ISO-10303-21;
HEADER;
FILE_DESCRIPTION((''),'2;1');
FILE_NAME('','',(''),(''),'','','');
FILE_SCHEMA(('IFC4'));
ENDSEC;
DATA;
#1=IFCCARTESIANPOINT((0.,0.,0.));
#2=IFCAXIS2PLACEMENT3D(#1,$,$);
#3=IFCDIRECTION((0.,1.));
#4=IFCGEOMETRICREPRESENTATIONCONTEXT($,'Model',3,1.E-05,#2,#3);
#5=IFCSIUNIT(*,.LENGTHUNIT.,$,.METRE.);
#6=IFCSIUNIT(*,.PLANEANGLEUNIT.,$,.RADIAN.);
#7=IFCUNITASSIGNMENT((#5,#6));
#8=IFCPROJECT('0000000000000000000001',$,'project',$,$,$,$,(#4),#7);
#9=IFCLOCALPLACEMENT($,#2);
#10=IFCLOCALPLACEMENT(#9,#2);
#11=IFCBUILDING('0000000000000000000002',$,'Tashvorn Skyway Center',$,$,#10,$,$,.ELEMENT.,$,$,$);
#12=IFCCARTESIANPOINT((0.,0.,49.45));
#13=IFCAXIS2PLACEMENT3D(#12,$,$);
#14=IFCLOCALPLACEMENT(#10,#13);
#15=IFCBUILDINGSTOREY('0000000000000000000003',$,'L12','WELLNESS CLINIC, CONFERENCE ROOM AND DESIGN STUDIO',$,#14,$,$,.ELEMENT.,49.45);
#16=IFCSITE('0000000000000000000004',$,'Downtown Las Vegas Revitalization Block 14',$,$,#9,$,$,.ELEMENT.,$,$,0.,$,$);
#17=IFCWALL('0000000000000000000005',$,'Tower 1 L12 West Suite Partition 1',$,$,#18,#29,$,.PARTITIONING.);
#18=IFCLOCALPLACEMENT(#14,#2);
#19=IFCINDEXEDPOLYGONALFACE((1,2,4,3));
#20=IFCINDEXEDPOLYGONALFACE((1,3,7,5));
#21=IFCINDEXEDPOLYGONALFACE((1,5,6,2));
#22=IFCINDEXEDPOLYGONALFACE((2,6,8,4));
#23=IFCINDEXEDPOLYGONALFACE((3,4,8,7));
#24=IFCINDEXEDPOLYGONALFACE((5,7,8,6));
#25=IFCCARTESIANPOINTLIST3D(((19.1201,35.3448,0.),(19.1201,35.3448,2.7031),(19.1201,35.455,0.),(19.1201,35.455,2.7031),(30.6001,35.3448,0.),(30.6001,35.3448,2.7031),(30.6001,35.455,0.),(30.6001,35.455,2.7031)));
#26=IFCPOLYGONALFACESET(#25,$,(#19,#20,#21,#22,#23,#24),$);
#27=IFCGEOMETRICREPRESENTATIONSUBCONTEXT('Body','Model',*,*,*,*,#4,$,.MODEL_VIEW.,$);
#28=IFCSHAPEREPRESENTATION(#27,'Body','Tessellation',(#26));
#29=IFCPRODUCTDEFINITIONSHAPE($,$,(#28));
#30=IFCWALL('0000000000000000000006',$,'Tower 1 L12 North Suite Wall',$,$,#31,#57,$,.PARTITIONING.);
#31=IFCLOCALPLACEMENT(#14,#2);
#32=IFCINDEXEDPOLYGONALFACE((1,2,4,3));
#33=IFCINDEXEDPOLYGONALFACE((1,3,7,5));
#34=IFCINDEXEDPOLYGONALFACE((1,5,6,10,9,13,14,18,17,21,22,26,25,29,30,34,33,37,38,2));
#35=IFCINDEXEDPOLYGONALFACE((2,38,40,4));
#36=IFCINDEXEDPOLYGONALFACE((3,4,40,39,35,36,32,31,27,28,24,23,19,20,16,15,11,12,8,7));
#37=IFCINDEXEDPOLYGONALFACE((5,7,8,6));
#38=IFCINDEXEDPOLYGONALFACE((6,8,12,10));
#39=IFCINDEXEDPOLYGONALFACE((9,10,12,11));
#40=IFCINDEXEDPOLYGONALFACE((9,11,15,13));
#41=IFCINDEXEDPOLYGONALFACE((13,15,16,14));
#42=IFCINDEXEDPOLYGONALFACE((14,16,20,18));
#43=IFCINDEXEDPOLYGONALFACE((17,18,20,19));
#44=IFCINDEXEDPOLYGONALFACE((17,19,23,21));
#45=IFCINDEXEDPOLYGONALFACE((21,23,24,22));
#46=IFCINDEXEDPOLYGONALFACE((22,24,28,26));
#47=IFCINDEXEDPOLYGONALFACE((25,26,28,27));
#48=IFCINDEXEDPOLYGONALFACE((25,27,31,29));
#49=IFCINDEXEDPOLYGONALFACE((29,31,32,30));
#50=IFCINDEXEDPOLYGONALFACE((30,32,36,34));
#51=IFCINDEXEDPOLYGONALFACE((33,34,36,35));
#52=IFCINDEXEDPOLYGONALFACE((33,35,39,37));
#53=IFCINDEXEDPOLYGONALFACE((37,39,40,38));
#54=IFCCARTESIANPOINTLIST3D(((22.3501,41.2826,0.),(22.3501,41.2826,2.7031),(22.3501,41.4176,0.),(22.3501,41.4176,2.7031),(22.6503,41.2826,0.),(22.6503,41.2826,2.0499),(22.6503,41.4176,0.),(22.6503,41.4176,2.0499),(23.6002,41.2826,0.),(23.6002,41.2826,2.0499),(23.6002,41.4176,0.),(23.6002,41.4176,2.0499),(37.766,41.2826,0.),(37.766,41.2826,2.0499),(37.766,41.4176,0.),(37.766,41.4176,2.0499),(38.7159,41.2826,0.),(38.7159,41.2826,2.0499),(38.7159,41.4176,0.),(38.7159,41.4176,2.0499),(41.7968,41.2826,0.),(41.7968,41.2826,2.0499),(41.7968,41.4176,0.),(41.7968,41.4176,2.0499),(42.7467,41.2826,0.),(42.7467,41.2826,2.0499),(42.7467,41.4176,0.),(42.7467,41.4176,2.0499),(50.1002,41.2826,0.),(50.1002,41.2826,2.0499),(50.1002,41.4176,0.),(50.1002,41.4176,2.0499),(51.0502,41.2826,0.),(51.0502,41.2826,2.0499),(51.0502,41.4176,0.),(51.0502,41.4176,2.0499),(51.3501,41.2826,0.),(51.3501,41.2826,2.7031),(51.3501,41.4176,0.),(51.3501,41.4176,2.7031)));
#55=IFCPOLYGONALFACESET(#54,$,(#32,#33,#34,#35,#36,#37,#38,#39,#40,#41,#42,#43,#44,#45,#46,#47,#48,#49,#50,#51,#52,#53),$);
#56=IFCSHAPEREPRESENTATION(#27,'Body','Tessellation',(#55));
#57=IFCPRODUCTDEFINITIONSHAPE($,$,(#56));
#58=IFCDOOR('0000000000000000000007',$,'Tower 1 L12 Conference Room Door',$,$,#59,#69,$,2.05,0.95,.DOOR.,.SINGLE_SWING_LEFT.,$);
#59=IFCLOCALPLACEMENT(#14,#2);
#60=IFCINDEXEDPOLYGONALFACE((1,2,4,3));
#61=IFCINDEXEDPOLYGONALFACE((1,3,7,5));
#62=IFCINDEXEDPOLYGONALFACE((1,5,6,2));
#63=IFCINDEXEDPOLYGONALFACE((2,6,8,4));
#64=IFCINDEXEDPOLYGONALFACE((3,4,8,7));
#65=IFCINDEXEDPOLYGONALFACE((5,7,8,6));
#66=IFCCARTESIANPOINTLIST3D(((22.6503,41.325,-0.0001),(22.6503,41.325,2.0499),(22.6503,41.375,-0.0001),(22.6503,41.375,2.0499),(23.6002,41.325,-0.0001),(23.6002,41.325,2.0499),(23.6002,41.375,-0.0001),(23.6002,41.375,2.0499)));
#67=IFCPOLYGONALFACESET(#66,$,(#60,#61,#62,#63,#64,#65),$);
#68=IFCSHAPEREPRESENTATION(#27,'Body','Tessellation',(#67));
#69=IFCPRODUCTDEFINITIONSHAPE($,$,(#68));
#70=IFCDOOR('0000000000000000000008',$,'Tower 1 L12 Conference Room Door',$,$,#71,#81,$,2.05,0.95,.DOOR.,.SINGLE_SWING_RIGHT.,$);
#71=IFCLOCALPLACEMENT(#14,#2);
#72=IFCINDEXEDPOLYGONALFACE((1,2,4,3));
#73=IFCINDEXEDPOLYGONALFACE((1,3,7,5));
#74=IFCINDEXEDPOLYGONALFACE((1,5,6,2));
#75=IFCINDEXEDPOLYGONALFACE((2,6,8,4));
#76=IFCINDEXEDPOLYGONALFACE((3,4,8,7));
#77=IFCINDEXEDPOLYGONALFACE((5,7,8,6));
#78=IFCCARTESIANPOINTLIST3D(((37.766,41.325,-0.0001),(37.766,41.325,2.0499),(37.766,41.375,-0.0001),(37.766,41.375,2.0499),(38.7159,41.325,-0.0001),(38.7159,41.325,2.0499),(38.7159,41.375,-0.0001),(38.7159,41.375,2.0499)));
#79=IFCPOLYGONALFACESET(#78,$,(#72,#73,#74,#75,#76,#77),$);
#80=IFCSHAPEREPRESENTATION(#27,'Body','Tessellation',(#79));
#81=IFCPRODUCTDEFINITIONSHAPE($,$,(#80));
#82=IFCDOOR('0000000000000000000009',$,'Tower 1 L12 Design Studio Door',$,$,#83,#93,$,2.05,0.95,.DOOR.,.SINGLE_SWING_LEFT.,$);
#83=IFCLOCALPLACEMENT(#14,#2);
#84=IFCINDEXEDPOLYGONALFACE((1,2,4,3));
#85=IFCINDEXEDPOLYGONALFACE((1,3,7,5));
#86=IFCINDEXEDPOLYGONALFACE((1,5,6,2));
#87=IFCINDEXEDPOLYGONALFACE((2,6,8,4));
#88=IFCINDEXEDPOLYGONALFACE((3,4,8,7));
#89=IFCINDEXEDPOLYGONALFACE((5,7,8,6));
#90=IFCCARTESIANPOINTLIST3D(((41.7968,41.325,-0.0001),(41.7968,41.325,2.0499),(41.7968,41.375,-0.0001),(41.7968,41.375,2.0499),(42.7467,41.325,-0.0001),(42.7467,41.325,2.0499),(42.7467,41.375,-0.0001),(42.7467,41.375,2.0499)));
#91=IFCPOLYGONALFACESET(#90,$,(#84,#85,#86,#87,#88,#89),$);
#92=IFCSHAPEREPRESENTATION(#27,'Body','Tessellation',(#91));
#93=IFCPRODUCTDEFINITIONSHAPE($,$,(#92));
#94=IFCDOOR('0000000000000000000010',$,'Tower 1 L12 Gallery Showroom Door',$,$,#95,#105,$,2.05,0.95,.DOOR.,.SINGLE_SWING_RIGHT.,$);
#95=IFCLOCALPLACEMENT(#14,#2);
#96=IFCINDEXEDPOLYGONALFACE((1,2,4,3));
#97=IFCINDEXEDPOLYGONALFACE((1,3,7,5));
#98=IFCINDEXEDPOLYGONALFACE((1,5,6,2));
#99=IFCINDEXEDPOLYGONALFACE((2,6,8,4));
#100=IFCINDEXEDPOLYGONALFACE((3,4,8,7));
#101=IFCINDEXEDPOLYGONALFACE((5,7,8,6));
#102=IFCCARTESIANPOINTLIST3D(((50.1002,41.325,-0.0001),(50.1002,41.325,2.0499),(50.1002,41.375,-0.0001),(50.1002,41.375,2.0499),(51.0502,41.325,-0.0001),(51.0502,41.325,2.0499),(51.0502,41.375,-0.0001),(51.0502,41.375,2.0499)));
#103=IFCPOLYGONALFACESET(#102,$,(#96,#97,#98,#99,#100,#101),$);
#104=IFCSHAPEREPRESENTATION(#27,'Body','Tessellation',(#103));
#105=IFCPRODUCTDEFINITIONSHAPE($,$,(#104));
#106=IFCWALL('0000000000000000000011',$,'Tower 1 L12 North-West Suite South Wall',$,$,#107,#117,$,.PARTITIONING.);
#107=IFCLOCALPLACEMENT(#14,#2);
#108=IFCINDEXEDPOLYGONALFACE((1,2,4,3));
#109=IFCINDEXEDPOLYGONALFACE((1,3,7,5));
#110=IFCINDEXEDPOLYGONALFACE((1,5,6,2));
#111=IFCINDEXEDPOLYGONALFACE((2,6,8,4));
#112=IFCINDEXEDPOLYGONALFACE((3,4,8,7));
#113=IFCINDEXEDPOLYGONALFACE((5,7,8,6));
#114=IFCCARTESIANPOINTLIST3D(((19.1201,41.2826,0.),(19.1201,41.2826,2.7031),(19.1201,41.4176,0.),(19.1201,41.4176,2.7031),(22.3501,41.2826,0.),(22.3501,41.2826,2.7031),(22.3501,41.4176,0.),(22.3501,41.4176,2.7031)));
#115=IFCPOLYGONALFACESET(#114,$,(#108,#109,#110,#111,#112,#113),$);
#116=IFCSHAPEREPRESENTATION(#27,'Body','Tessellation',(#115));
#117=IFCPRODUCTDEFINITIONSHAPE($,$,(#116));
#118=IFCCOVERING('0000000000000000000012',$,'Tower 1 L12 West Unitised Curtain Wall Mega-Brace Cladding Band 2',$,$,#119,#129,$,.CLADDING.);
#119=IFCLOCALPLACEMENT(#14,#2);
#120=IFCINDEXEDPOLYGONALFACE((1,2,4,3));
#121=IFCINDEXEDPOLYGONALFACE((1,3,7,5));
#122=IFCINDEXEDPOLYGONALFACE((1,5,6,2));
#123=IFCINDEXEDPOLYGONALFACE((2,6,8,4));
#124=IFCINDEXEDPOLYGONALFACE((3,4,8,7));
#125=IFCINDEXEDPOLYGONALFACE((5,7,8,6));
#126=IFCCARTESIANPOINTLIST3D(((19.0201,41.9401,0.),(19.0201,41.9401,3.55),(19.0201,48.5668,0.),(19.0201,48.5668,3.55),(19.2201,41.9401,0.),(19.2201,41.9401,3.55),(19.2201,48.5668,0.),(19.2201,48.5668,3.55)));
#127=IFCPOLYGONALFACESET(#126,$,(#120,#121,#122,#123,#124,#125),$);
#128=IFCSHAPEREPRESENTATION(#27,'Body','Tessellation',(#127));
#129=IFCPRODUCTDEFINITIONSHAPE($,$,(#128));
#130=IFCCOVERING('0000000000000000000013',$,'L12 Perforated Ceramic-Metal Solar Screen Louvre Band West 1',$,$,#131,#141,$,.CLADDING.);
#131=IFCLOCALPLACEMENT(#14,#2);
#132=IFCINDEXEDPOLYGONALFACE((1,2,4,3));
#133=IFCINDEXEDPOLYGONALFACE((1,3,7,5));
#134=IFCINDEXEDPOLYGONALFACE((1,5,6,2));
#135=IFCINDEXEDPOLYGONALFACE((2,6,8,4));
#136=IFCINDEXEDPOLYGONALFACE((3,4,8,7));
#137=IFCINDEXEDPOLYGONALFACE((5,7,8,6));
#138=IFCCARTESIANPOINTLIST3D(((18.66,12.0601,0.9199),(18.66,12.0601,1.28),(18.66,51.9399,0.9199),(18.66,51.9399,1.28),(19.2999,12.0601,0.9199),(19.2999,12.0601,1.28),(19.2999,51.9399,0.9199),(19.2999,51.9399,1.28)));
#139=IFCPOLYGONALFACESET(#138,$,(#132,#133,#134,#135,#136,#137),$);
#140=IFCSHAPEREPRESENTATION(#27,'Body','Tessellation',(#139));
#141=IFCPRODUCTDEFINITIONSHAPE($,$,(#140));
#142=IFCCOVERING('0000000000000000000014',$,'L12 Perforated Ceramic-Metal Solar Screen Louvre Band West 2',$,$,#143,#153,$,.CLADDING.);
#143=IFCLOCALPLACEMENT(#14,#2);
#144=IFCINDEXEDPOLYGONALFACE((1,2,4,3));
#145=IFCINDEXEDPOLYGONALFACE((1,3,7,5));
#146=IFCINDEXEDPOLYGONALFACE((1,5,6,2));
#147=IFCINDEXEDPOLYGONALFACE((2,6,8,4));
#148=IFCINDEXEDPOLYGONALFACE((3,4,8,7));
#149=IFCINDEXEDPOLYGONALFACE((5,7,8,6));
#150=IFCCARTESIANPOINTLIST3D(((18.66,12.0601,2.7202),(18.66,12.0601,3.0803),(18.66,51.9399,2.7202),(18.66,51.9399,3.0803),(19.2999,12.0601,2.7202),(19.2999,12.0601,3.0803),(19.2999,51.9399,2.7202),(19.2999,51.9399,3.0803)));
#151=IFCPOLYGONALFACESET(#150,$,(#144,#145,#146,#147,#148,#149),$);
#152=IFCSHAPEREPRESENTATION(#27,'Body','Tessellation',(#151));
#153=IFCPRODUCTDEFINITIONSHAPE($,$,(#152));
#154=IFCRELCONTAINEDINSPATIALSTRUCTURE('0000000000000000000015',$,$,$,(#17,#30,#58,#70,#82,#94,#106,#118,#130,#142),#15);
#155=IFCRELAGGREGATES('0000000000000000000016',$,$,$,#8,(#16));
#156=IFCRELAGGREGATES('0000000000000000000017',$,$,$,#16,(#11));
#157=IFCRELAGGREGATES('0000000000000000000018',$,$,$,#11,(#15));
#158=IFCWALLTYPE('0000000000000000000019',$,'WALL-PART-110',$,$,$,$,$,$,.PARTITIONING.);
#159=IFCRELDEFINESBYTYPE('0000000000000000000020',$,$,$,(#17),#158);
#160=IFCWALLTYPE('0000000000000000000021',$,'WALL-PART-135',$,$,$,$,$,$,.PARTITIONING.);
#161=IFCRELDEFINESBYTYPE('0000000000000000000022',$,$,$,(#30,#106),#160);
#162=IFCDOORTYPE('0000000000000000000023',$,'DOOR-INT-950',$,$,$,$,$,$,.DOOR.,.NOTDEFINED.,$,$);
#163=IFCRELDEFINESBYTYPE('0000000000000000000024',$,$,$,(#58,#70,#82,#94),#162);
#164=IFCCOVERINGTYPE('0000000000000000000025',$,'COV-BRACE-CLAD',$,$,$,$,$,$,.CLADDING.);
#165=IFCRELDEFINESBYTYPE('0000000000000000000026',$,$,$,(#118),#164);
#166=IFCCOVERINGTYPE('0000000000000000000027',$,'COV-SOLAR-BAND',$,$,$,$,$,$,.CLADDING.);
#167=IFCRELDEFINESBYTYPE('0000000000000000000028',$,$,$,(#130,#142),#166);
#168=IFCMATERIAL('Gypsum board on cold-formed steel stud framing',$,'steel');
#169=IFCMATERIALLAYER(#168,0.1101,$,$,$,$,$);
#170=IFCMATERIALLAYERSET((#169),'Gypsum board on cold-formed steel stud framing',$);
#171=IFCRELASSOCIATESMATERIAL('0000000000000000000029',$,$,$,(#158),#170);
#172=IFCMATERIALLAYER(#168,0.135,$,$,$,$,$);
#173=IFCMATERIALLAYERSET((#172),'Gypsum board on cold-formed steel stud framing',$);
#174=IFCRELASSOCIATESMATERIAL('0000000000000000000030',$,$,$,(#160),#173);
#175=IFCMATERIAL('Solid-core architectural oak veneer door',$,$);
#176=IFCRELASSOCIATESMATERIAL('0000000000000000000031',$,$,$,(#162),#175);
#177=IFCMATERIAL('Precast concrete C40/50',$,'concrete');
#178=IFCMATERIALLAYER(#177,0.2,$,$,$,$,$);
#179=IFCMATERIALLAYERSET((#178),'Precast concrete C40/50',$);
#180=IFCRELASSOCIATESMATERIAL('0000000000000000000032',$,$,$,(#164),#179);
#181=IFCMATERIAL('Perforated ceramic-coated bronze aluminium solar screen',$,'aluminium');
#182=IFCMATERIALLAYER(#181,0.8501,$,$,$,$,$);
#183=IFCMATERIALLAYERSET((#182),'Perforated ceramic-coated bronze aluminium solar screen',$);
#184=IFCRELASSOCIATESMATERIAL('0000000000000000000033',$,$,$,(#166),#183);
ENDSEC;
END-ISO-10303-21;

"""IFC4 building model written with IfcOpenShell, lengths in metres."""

from ifc_helpers import new_model, si_unit, direction, frame, frame_2d, origin, origin_2d, place, context, subcontext, project, spatial, rectangle, extrude, material, layer, layer_set, type_object, element, fill, save


model = new_model("IFC4")

# Units and contexts
model_context = context("Model", 3, precision=1e-05, world=origin(), true_north=direction((0.0, 1.0)))
body_context = subcontext(model_context, "Body", "Model", "MODEL_VIEW")
ifc_project = project(units=[si_unit("LENGTHUNIT", "METRE"), si_unit("PLANEANGLEUNIT", "RADIAN")], contexts=[model_context])

# Site, building, storey
site_placement = place(None, origin())
site = spatial("IfcSite", under=ifc_project, at=site_placement, Name="Downtown Las Vegas Revitalization Block 14", CompositionType="ELEMENT", RefElevation=0.0)
building_placement = place(site_placement, origin())
building = spatial("IfcBuilding", under=site, at=building_placement, Name="Tashvorn Skyway Center", CompositionType="ELEMENT")
storey_placement = place(building_placement, frame((0.0, 0.0, 49.45)))
storey = spatial("IfcBuildingStorey", under=building, at=storey_placement, Name="L12", Description="WELLNESS CLINIC, CONFERENCE ROOM AND DESIGN STUDIO", CompositionType="ELEMENT", Elevation=49.45)

# Wall
ifc_material_1 = material(Name="Gypsum board on cold-formed steel stud framing", Category="steel")
ifc_layer_1 = layer(ifc_material_1, 0.1101)
ifc_layer_set_1 = layer_set([ifc_layer_1], Name="Gypsum board on cold-formed steel stud framing")
wall_type_1 = type_object("IfcWallType", Name="WALL-PART-110", PredefinedType="PARTITIONING", material=ifc_layer_set_1)
wall_1_placement = place(storey_placement, frame((30.6001, 35.3999, 0.0), z_axis=(0.0, 0.0, 1.0), x_axis=(-1.0, 0.0, 0.0)))
element("IfcWall", 1, at=wall_1_placement, inside=storey, type_object=wall_type_1, Name="Tower 1 L12 West Suite Partition 1", PredefinedType="PARTITIONING", context=body_context, shape_type="SweptSolid", body=[
    extrude(rectangle(XDim=11.48, YDim=0.1101, at=frame_2d((5.74, 0.0))), origin(), (0.0, 0.0, 1.0), 2.7031),
])

# Wall, openings, doors
ifc_layer_2 = layer(ifc_material_1, 0.135)
ifc_layer_set_2 = layer_set([ifc_layer_2], Name="Gypsum board on cold-formed steel stud framing")
wall_type_2 = type_object("IfcWallType", Name="WALL-PART-135", PredefinedType="PARTITIONING", material=ifc_layer_set_2)
wall_2_placement = place(storey_placement, frame((22.3501, 41.3501, 0.0), z_axis=(0.0, 0.0, 1.0), x_axis=(1.0, 0.0, 0.0)))
wall_2 = element("IfcWall", 2, at=wall_2_placement, inside=storey, type_object=wall_type_2, Name="Tower 1 L12 North Suite Wall", PredefinedType="PARTITIONING", context=body_context, shape_type="SweptSolid", body=[
    extrude(rectangle(XDim=29.0, YDim=0.135, at=frame_2d((14.5, 0.0))), origin(), (0.0, 0.0, 1.0), 2.7031),
])
opening_1_placement = place(wall_2_placement, frame((0.3, 0.0, 0.0)))
opening_1 = element("IfcOpeningElement", 3, at=opening_1_placement, cuts=wall_2, PredefinedType="OPENING", context=body_context, shape_type="SweptSolid", body=[
    extrude(rectangle(XDim=0.95, YDim=2.05, at=frame_2d((0.4751, 1.0249))), frame((0.0, 0.0774, 0.0), z_axis=(0.0, -1.0, 0.0), x_axis=(1.0, 0.0, 0.0)), (0.0, 0.0, 1.0), 0.155),
])
opening_2_placement = place(wall_2_placement, frame((15.4158, 0.0, 0.0)))
opening_2 = element("IfcOpeningElement", 4, at=opening_2_placement, cuts=wall_2, PredefinedType="OPENING", context=body_context, shape_type="SweptSolid", body=[
    extrude(rectangle(XDim=0.95, YDim=2.05, at=frame_2d((0.4751, 1.0249))), frame((0.0, 0.0774, 0.0), z_axis=(0.0, -1.0, 0.0), x_axis=(1.0, 0.0, 0.0)), (0.0, 0.0, 1.0), 0.155),
])
opening_3_placement = place(wall_2_placement, frame((19.4465, 0.0, 0.0)))
opening_3 = element("IfcOpeningElement", 5, at=opening_3_placement, cuts=wall_2, PredefinedType="OPENING", context=body_context, shape_type="SweptSolid", body=[
    extrude(rectangle(XDim=0.95, YDim=2.05, at=frame_2d((0.4751, 1.0249))), frame((0.0, 0.0774, 0.0), z_axis=(0.0, -1.0, 0.0), x_axis=(1.0, 0.0, 0.0)), (0.0, 0.0, 1.0), 0.155),
])
opening_4_placement = place(wall_2_placement, frame((27.75, 0.0, 0.0)))
opening_4 = element("IfcOpeningElement", 6, at=opening_4_placement, cuts=wall_2, PredefinedType="OPENING", context=body_context, shape_type="SweptSolid", body=[
    extrude(rectangle(XDim=0.95, YDim=2.05, at=frame_2d((0.4751, 1.0249))), frame((0.0, 0.0774, 0.0), z_axis=(0.0, -1.0, 0.0), x_axis=(1.0, 0.0, 0.0)), (0.0, 0.0, 1.0), 0.155),
])
ifc_material_2 = material(Name="Solid-core architectural oak veneer door")
door_type = type_object("IfcDoorType", Name="DOOR-INT-950", OperationType="NOTDEFINED", PredefinedType="DOOR", material=ifc_material_2)
door_1_placement = place(opening_1_placement, origin())
door_1 = element("IfcDoor", 7, at=door_1_placement, inside=storey, type_object=door_type, Name="Tower 1 L12 Conference Room Door", OperationType="SINGLE_SWING_LEFT", OverallHeight=2.05, OverallWidth=0.95, PredefinedType="DOOR", context=body_context, shape_type="SweptSolid", body=[
    extrude(rectangle(XDim=0.95, YDim=2.05, at=frame_2d((0.4751, 1.0249))), frame((0.0, 0.0249, 0.0), z_axis=(0.0, -1.0, 0.0), x_axis=(1.0, 0.0, 0.0)), (0.0, 0.0, 1.0), 0.05),
])
fill(opening_1, door_1)
door_2_placement = place(opening_2_placement, origin())
door_2 = element("IfcDoor", 8, at=door_2_placement, inside=storey, type_object=door_type, Name="Tower 1 L12 Conference Room Door", OperationType="SINGLE_SWING_RIGHT", OverallHeight=2.05, OverallWidth=0.95, PredefinedType="DOOR", context=body_context, shape_type="SweptSolid", body=[
    extrude(rectangle(XDim=0.95, YDim=2.05, at=frame_2d((0.4751, 1.0249))), frame((0.0, 0.0249, 0.0), z_axis=(0.0, -1.0, 0.0), x_axis=(1.0, 0.0, 0.0)), (0.0, 0.0, 1.0), 0.05),
])
fill(opening_2, door_2)
door_3_placement = place(opening_3_placement, origin())
door_3 = element("IfcDoor", 9, at=door_3_placement, inside=storey, type_object=door_type, Name="Tower 1 L12 Design Studio Door", OperationType="SINGLE_SWING_LEFT", OverallHeight=2.05, OverallWidth=0.95, PredefinedType="DOOR", context=body_context, shape_type="SweptSolid", body=[
    extrude(rectangle(XDim=0.95, YDim=2.05, at=frame_2d((0.4751, 1.0249))), frame((0.0, 0.0249, 0.0), z_axis=(0.0, -1.0, 0.0), x_axis=(1.0, 0.0, 0.0)), (0.0, 0.0, 1.0), 0.05),
])
fill(opening_3, door_3)
door_4_placement = place(opening_4_placement, origin())
door_4 = element("IfcDoor", 10, at=door_4_placement, inside=storey, type_object=door_type, Name="Tower 1 L12 Gallery Showroom Door", OperationType="SINGLE_SWING_RIGHT", OverallHeight=2.05, OverallWidth=0.95, PredefinedType="DOOR", context=body_context, shape_type="SweptSolid", body=[
    extrude(rectangle(XDim=0.95, YDim=2.05, at=frame_2d((0.4751, 1.0249))), frame((0.0, 0.0249, 0.0), z_axis=(0.0, -1.0, 0.0), x_axis=(1.0, 0.0, 0.0)), (0.0, 0.0, 1.0), 0.05),
])
fill(opening_4, door_4)

# Wall
wall_3_placement = place(storey_placement, frame((19.1201, 41.3501, 0.0), z_axis=(0.0, 0.0, 1.0), x_axis=(1.0, 0.0, 0.0)))
element("IfcWall", 11, at=wall_3_placement, inside=storey, type_object=wall_type_2, Name="Tower 1 L12 North-West Suite South Wall", PredefinedType="PARTITIONING", context=body_context, shape_type="SweptSolid", body=[
    extrude(rectangle(XDim=3.23, YDim=0.135, at=frame_2d((1.615, 0.0))), origin(), (0.0, 0.0, 1.0), 2.7031),
])

# Coverings
ifc_material_3 = material(Name="Precast concrete C40/50", Category="concrete")
ifc_layer_3 = layer(ifc_material_3, 0.2)
ifc_layer_set_3 = layer_set([ifc_layer_3], Name="Precast concrete C40/50")
covering_type_1 = type_object("IfcCoveringType", Name="COV-BRACE-CLAD", PredefinedType="CLADDING", material=ifc_layer_set_3)
covering_placement = place(storey_placement, frame((19.1201, 45.2534, 0.0), z_axis=(0.0, 0.0, 1.0), x_axis=(0.0, 1.0, 0.0)))
element("IfcCovering", 12, at=covering_placement, inside=storey, type_object=covering_type_1, Name="Tower 1 L12 West Unitised Curtain Wall Mega-Brace Cladding Band 2", PredefinedType="CLADDING", context=body_context, shape_type="SweptSolid", body=[
    extrude(rectangle(XDim=6.6267, YDim=0.2, at=origin_2d()), origin(), (0.0, 0.0, 1.0), 3.55),
])
ifc_material_4 = material(Name="Perforated ceramic-coated bronze aluminium solar screen", Category="aluminium")
ifc_layer_4 = layer(ifc_material_4, 0.8501)
ifc_layer_set_4 = layer_set([ifc_layer_4], Name="Perforated ceramic-coated bronze aluminium solar screen")
covering_type_2 = type_object("IfcCoveringType", Name="COV-SOLAR-BAND", PredefinedType="CLADDING", material=ifc_layer_set_4)
for number, where, z_axis, x_axis, name in (
    (13, (18.98, 32.0, 0.9199), (0.0, 0.0, 1.0), (0.0, 1.0, 0.0), "L12 Perforated Ceramic-Metal Solar Screen Louvre Band West 1"),
    (14, (18.98, 32.0, 2.7202), (0.0, 0.0, 1.0), (0.0, 1.0, 0.0), "L12 Perforated Ceramic-Metal Solar Screen Louvre Band West 2"),
):
    element("IfcCovering", number, at=place(storey_placement, frame(where, z_axis=z_axis, x_axis=x_axis)), inside=storey, type_object=covering_type_2, Name=name, PredefinedType="CLADDING", context=body_context, shape_type="SweptSolid", body=[
        extrude(rectangle(XDim=39.8799, YDim=0.6399, at=origin_2d()), origin(), (0.0, 0.0, 1.0), 0.3601),
    ])

save(model, "model.ifc")
